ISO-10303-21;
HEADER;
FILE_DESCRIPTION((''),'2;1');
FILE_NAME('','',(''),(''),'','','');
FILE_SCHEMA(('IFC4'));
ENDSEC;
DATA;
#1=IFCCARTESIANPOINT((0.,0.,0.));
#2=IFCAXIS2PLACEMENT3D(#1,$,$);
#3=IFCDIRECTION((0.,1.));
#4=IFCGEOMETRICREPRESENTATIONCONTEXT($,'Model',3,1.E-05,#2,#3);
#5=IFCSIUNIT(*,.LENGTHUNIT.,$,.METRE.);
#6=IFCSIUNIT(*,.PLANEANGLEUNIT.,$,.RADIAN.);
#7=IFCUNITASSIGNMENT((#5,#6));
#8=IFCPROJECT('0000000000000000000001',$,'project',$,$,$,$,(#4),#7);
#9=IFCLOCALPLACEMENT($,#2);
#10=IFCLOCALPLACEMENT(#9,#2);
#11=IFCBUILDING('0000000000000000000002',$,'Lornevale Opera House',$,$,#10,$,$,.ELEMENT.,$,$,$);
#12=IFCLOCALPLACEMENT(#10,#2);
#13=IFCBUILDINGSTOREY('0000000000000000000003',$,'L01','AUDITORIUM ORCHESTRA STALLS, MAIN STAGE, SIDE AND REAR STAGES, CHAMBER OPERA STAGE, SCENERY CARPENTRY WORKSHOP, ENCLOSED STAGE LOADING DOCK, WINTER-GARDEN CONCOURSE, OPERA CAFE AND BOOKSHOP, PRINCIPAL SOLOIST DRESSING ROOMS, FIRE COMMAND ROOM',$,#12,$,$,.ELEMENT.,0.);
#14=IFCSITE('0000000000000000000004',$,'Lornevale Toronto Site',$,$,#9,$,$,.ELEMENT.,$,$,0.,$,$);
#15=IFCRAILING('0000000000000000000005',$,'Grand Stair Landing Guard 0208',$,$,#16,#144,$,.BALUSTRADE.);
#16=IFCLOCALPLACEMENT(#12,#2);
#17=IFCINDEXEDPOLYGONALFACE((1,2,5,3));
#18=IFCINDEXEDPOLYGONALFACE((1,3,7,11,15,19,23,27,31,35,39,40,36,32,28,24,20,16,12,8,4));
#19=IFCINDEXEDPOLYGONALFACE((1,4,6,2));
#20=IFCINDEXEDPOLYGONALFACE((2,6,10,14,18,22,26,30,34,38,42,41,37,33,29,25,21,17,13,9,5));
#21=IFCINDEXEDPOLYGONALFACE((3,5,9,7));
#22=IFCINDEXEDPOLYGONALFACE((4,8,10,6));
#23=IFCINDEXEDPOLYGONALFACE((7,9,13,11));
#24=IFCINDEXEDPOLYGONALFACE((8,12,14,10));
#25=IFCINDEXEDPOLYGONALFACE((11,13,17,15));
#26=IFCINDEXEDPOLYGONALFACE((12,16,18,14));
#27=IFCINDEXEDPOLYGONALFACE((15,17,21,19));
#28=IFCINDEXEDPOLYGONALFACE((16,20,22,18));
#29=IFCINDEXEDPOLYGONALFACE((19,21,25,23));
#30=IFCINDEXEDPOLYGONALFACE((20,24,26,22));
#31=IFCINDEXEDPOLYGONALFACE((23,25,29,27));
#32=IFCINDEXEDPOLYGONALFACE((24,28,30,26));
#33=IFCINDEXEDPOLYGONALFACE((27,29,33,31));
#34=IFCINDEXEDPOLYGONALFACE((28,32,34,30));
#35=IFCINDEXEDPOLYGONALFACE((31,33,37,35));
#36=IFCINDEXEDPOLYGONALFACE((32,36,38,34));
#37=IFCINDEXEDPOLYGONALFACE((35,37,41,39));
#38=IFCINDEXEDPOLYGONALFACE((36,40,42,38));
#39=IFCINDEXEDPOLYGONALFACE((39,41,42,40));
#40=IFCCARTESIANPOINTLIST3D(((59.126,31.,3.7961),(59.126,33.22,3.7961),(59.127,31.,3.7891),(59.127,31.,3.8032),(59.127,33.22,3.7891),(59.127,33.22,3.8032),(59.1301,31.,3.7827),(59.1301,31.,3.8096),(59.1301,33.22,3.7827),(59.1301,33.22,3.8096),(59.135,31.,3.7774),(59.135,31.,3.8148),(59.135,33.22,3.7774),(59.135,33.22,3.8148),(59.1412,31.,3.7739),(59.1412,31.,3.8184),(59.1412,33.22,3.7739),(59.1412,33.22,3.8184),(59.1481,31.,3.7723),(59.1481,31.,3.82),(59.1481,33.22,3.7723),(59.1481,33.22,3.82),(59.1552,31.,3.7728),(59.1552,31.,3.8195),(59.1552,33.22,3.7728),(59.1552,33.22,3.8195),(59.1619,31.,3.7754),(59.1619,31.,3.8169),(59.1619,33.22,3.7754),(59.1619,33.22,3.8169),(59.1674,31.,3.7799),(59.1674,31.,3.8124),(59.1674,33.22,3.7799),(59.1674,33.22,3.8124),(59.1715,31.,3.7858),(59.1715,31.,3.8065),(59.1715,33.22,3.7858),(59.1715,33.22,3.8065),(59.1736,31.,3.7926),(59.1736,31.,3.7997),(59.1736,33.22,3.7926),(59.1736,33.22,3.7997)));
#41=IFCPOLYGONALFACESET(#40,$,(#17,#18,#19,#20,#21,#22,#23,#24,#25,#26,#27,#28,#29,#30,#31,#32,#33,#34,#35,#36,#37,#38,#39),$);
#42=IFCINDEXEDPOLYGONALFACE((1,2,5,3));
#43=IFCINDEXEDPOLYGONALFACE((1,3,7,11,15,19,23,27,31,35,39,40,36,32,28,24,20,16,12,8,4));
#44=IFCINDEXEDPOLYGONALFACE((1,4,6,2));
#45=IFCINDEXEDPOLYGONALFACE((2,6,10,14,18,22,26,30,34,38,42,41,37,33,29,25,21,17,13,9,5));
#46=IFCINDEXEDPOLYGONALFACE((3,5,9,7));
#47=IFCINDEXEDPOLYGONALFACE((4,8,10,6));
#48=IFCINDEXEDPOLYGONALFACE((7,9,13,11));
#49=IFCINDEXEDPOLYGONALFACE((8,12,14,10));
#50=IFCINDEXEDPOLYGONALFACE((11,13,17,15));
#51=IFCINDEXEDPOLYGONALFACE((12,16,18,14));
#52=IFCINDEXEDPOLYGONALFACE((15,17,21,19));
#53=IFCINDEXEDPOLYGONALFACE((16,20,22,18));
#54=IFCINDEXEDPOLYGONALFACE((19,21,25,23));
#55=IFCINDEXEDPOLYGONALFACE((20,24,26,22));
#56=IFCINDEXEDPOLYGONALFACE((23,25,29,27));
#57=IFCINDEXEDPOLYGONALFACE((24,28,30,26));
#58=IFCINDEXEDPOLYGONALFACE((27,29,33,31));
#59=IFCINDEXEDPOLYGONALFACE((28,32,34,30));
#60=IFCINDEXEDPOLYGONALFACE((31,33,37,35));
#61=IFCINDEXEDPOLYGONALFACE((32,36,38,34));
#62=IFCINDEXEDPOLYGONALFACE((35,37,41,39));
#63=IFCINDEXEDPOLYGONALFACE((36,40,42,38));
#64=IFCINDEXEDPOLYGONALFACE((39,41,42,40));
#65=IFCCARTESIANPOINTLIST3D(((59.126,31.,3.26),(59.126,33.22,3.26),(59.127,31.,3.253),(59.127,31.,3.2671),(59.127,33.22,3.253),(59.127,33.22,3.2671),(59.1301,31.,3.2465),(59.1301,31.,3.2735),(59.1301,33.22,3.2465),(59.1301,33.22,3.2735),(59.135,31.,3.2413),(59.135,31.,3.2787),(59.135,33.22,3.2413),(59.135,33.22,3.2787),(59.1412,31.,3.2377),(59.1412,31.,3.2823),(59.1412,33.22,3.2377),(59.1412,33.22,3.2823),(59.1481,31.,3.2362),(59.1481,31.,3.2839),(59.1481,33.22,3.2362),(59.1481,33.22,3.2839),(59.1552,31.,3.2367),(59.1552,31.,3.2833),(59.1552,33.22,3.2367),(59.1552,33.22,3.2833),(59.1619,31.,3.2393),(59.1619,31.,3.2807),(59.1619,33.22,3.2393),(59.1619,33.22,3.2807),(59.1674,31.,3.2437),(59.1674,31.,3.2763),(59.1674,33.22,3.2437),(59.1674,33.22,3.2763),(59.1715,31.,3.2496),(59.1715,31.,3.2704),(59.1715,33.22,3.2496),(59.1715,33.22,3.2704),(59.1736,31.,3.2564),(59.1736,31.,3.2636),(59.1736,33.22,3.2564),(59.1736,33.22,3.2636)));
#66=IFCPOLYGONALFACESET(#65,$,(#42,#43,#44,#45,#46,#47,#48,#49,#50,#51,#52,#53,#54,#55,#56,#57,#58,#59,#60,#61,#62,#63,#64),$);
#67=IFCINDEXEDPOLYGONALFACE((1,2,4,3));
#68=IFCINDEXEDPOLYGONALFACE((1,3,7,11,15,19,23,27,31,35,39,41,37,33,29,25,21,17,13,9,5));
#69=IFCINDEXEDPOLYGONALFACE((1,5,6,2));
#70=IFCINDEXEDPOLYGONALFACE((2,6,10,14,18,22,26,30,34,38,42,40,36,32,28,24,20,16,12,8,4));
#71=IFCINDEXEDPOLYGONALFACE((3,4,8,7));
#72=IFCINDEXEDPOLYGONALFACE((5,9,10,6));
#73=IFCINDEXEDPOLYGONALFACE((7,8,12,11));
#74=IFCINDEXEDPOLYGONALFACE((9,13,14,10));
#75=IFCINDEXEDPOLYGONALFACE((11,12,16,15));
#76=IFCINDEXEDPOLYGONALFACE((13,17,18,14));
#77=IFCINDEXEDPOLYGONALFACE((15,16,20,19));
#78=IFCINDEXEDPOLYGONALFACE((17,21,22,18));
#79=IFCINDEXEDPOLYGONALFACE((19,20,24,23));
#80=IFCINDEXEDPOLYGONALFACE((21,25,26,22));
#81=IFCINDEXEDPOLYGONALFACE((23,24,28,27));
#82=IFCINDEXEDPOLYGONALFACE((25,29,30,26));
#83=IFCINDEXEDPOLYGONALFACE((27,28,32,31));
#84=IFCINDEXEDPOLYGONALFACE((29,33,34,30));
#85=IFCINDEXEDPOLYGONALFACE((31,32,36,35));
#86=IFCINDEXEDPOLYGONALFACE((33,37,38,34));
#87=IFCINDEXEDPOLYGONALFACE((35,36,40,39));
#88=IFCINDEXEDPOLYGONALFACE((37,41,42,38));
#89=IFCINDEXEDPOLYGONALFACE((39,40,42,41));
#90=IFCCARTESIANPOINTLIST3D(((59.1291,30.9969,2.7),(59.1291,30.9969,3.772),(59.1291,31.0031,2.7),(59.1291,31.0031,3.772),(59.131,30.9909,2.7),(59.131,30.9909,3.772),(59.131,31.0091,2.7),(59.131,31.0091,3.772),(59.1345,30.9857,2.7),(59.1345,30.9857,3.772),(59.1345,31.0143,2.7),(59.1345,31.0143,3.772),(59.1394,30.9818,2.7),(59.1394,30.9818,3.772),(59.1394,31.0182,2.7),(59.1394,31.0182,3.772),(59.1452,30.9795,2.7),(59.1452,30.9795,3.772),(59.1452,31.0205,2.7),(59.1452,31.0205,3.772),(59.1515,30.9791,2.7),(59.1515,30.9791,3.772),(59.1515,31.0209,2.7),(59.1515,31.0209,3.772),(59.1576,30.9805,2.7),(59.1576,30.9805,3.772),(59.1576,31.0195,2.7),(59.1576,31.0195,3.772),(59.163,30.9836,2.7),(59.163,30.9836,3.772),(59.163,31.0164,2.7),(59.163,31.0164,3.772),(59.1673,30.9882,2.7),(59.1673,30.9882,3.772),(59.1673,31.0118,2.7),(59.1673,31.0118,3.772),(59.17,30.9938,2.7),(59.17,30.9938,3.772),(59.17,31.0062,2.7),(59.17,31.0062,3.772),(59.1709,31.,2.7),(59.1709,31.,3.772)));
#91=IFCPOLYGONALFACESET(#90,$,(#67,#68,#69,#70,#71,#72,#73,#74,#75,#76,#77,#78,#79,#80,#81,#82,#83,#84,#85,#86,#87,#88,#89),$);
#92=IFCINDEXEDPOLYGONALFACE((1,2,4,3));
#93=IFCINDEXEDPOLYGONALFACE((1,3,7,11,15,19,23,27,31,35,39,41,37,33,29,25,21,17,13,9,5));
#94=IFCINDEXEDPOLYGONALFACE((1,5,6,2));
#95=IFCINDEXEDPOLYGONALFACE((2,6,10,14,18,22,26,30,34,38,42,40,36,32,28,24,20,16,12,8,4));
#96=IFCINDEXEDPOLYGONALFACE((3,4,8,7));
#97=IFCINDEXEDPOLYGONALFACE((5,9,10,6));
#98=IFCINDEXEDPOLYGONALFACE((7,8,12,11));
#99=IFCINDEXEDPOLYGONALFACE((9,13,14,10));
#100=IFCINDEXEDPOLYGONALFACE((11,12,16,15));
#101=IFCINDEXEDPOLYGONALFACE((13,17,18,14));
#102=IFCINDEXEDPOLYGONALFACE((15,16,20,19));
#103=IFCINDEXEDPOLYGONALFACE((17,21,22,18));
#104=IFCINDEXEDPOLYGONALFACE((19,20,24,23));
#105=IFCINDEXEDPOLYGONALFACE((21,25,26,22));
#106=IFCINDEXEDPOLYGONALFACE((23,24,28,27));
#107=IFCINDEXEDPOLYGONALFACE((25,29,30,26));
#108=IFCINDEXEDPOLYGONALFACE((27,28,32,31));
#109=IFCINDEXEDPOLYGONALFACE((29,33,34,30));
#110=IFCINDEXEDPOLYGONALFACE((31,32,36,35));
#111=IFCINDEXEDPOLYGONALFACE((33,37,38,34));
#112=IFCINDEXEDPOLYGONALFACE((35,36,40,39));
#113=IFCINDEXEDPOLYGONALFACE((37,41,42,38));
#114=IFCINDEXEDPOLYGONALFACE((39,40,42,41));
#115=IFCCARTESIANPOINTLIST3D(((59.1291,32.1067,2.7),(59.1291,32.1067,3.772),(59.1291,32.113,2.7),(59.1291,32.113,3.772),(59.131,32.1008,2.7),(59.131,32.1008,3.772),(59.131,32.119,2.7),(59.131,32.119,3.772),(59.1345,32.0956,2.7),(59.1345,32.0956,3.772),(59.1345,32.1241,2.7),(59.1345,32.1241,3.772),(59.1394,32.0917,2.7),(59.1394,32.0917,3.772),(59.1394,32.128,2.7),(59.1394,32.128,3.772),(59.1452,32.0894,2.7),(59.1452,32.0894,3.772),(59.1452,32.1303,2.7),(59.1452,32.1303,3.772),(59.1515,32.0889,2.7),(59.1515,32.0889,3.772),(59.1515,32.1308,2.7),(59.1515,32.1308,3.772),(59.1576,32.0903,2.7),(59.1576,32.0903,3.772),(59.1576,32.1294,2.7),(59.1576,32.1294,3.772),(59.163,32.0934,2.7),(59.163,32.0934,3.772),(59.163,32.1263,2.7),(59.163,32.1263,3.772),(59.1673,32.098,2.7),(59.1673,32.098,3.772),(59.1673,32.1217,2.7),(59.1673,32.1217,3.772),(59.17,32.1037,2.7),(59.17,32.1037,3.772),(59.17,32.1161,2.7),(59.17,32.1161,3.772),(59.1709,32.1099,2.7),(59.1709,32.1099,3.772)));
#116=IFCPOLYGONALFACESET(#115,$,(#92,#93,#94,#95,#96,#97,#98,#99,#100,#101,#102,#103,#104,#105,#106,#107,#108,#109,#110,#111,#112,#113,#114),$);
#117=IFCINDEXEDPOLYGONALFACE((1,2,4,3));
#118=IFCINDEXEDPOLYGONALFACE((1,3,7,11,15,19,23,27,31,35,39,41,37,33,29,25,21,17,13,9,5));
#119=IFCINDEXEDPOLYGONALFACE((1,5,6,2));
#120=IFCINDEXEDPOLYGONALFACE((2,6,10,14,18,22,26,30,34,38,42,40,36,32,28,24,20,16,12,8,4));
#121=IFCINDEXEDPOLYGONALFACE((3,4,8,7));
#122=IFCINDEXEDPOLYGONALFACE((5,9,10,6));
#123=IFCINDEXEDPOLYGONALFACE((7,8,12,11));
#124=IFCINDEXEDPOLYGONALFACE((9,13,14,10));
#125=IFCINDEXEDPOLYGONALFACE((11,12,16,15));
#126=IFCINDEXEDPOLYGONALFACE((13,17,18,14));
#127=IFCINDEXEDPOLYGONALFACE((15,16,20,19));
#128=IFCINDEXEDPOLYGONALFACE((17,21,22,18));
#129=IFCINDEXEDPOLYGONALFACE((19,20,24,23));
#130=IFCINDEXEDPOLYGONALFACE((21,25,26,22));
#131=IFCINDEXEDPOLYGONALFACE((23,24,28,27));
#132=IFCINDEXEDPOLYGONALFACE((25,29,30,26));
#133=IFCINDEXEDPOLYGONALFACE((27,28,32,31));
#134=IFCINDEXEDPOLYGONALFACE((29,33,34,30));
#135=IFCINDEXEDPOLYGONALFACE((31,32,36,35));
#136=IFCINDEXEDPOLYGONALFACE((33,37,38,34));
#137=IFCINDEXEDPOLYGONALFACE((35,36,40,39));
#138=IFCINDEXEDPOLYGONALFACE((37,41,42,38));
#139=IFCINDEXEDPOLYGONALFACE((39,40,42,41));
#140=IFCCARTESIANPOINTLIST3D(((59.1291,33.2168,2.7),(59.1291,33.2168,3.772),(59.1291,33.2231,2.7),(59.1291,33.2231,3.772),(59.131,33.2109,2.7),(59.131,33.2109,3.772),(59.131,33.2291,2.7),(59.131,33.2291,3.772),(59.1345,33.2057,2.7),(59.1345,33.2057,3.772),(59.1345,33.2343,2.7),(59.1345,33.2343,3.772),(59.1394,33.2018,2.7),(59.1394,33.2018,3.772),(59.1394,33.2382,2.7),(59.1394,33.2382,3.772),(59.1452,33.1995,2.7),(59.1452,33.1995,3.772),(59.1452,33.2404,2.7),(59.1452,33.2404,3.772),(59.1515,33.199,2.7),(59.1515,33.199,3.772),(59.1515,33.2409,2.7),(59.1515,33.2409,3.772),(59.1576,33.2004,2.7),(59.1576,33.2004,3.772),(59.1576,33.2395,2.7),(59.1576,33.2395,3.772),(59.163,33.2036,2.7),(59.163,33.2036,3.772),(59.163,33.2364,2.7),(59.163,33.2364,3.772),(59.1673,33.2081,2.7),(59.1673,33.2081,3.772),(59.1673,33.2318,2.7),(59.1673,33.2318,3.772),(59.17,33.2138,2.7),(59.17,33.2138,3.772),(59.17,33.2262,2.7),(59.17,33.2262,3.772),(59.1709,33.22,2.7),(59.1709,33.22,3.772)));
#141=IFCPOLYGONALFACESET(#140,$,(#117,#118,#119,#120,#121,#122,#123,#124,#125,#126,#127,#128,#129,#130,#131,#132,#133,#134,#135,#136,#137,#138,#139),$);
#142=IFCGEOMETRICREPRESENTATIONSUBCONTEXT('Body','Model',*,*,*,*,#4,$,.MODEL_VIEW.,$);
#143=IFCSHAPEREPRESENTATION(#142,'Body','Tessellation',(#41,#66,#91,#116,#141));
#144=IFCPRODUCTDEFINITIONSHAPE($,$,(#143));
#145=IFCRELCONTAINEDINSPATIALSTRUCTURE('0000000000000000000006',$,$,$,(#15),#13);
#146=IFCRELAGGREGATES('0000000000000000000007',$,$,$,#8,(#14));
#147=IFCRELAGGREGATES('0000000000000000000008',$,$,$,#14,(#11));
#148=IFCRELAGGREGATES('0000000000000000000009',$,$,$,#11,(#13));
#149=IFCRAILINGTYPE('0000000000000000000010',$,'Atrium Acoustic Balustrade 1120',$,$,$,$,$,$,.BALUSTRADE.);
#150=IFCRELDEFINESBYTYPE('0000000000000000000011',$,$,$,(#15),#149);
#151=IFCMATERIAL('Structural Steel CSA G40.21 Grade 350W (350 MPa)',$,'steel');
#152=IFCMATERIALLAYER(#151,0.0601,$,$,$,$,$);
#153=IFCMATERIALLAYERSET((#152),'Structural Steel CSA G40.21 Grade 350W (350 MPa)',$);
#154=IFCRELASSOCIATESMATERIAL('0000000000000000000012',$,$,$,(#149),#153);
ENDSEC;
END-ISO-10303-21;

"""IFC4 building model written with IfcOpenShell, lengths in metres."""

from ifc_helpers import new_model, si_unit, direction, frame, origin, origin_2d, place, context, subcontext, project, spatial, circle, extrude, material, layer, layer_set, type_object, element, save


model = new_model("IFC4")

# Units and contexts
model_context = context("Model", 3, precision=1e-05, world=origin(), true_north=direction((0.0, 1.0)))
body_context = subcontext(model_context, "Body", "Model", "MODEL_VIEW")
ifc_project = project(units=[si_unit("LENGTHUNIT", "METRE"), si_unit("PLANEANGLEUNIT", "RADIAN")], contexts=[model_context])

# Site, building, storey
site_placement = place(None, origin())
site = spatial("IfcSite", under=ifc_project, at=site_placement, Name="Lornevale Toronto Site", CompositionType="ELEMENT", RefElevation=0.0)
building_placement = place(site_placement, origin())
building = spatial("IfcBuilding", under=site, at=building_placement, Name="Lornevale Opera House", CompositionType="ELEMENT")
storey_placement = place(building_placement, origin())
storey = spatial("IfcBuildingStorey", under=building, at=storey_placement, Name="L01", Description="AUDITORIUM ORCHESTRA STALLS, MAIN STAGE, SIDE AND REAR STAGES, CHAMBER OPERA STAGE, SCENERY CARPENTRY WORKSHOP, ENCLOSED STAGE LOADING DOCK, WINTER-GARDEN CONCOURSE, OPERA CAFE AND BOOKSHOP, PRINCIPAL SOLOIST DRESSING ROOMS, FIRE COMMAND ROOM", CompositionType="ELEMENT", Elevation=0.0)

# Shared definitions
ifc_material_1 = material(Name="Structural Steel CSA G40.21 Grade 350W (350 MPa)", Category="steel")

# Railing
ifc_layer_1 = layer(ifc_material_1, 0.0601)
ifc_layer_set_1 = layer_set([ifc_layer_1], Name="Structural Steel CSA G40.21 Grade 350W (350 MPa)")
railing_type_1 = type_object("IfcRailingType", Name="Atrium Acoustic Balustrade 1120", PredefinedType="BALUSTRADE", material=ifc_layer_set_1)
railing_1_placement = place(storey_placement, frame((59.1499, 31.0, 2.7)))
element("IfcRailing", 1, at=railing_1_placement, inside=storey, type_object=railing_type_1, Name="Grand Stair Landing Guard 0208", PredefinedType="BALUSTRADE", context=body_context, shape_type="SweptSolid", body=[
    extrude(circle(Radius=0.0239, at=origin_2d()), frame((0.0, 0.0, 1.0962), z_axis=(0.0, 1.0, 0.0), x_axis=(-1.0, 0.0, 0.0)), (0.0, 0.0, 1.0), 2.22),
    extrude(circle(Radius=0.0239, at=origin_2d()), frame((0.0, 0.0, 0.5601), z_axis=(0.0, 1.0, 0.0), x_axis=(-1.0, 0.0, 0.0)), (0.0, 0.0, 1.0), 2.22),
    extrude(circle(Radius=0.021, at=origin_2d()), origin(), (0.0, 0.0, 1.0), 1.072),
    extrude(circle(Radius=0.021, at=origin_2d()), frame((0.0, 1.1099, 0.0)), (0.0, 0.0, 1.0), 1.072),
    extrude(circle(Radius=0.021, at=origin_2d()), frame((0.0, 2.22, 0.0)), (0.0, 0.0, 1.0), 1.072),
])

save(model, "model.ifc")
